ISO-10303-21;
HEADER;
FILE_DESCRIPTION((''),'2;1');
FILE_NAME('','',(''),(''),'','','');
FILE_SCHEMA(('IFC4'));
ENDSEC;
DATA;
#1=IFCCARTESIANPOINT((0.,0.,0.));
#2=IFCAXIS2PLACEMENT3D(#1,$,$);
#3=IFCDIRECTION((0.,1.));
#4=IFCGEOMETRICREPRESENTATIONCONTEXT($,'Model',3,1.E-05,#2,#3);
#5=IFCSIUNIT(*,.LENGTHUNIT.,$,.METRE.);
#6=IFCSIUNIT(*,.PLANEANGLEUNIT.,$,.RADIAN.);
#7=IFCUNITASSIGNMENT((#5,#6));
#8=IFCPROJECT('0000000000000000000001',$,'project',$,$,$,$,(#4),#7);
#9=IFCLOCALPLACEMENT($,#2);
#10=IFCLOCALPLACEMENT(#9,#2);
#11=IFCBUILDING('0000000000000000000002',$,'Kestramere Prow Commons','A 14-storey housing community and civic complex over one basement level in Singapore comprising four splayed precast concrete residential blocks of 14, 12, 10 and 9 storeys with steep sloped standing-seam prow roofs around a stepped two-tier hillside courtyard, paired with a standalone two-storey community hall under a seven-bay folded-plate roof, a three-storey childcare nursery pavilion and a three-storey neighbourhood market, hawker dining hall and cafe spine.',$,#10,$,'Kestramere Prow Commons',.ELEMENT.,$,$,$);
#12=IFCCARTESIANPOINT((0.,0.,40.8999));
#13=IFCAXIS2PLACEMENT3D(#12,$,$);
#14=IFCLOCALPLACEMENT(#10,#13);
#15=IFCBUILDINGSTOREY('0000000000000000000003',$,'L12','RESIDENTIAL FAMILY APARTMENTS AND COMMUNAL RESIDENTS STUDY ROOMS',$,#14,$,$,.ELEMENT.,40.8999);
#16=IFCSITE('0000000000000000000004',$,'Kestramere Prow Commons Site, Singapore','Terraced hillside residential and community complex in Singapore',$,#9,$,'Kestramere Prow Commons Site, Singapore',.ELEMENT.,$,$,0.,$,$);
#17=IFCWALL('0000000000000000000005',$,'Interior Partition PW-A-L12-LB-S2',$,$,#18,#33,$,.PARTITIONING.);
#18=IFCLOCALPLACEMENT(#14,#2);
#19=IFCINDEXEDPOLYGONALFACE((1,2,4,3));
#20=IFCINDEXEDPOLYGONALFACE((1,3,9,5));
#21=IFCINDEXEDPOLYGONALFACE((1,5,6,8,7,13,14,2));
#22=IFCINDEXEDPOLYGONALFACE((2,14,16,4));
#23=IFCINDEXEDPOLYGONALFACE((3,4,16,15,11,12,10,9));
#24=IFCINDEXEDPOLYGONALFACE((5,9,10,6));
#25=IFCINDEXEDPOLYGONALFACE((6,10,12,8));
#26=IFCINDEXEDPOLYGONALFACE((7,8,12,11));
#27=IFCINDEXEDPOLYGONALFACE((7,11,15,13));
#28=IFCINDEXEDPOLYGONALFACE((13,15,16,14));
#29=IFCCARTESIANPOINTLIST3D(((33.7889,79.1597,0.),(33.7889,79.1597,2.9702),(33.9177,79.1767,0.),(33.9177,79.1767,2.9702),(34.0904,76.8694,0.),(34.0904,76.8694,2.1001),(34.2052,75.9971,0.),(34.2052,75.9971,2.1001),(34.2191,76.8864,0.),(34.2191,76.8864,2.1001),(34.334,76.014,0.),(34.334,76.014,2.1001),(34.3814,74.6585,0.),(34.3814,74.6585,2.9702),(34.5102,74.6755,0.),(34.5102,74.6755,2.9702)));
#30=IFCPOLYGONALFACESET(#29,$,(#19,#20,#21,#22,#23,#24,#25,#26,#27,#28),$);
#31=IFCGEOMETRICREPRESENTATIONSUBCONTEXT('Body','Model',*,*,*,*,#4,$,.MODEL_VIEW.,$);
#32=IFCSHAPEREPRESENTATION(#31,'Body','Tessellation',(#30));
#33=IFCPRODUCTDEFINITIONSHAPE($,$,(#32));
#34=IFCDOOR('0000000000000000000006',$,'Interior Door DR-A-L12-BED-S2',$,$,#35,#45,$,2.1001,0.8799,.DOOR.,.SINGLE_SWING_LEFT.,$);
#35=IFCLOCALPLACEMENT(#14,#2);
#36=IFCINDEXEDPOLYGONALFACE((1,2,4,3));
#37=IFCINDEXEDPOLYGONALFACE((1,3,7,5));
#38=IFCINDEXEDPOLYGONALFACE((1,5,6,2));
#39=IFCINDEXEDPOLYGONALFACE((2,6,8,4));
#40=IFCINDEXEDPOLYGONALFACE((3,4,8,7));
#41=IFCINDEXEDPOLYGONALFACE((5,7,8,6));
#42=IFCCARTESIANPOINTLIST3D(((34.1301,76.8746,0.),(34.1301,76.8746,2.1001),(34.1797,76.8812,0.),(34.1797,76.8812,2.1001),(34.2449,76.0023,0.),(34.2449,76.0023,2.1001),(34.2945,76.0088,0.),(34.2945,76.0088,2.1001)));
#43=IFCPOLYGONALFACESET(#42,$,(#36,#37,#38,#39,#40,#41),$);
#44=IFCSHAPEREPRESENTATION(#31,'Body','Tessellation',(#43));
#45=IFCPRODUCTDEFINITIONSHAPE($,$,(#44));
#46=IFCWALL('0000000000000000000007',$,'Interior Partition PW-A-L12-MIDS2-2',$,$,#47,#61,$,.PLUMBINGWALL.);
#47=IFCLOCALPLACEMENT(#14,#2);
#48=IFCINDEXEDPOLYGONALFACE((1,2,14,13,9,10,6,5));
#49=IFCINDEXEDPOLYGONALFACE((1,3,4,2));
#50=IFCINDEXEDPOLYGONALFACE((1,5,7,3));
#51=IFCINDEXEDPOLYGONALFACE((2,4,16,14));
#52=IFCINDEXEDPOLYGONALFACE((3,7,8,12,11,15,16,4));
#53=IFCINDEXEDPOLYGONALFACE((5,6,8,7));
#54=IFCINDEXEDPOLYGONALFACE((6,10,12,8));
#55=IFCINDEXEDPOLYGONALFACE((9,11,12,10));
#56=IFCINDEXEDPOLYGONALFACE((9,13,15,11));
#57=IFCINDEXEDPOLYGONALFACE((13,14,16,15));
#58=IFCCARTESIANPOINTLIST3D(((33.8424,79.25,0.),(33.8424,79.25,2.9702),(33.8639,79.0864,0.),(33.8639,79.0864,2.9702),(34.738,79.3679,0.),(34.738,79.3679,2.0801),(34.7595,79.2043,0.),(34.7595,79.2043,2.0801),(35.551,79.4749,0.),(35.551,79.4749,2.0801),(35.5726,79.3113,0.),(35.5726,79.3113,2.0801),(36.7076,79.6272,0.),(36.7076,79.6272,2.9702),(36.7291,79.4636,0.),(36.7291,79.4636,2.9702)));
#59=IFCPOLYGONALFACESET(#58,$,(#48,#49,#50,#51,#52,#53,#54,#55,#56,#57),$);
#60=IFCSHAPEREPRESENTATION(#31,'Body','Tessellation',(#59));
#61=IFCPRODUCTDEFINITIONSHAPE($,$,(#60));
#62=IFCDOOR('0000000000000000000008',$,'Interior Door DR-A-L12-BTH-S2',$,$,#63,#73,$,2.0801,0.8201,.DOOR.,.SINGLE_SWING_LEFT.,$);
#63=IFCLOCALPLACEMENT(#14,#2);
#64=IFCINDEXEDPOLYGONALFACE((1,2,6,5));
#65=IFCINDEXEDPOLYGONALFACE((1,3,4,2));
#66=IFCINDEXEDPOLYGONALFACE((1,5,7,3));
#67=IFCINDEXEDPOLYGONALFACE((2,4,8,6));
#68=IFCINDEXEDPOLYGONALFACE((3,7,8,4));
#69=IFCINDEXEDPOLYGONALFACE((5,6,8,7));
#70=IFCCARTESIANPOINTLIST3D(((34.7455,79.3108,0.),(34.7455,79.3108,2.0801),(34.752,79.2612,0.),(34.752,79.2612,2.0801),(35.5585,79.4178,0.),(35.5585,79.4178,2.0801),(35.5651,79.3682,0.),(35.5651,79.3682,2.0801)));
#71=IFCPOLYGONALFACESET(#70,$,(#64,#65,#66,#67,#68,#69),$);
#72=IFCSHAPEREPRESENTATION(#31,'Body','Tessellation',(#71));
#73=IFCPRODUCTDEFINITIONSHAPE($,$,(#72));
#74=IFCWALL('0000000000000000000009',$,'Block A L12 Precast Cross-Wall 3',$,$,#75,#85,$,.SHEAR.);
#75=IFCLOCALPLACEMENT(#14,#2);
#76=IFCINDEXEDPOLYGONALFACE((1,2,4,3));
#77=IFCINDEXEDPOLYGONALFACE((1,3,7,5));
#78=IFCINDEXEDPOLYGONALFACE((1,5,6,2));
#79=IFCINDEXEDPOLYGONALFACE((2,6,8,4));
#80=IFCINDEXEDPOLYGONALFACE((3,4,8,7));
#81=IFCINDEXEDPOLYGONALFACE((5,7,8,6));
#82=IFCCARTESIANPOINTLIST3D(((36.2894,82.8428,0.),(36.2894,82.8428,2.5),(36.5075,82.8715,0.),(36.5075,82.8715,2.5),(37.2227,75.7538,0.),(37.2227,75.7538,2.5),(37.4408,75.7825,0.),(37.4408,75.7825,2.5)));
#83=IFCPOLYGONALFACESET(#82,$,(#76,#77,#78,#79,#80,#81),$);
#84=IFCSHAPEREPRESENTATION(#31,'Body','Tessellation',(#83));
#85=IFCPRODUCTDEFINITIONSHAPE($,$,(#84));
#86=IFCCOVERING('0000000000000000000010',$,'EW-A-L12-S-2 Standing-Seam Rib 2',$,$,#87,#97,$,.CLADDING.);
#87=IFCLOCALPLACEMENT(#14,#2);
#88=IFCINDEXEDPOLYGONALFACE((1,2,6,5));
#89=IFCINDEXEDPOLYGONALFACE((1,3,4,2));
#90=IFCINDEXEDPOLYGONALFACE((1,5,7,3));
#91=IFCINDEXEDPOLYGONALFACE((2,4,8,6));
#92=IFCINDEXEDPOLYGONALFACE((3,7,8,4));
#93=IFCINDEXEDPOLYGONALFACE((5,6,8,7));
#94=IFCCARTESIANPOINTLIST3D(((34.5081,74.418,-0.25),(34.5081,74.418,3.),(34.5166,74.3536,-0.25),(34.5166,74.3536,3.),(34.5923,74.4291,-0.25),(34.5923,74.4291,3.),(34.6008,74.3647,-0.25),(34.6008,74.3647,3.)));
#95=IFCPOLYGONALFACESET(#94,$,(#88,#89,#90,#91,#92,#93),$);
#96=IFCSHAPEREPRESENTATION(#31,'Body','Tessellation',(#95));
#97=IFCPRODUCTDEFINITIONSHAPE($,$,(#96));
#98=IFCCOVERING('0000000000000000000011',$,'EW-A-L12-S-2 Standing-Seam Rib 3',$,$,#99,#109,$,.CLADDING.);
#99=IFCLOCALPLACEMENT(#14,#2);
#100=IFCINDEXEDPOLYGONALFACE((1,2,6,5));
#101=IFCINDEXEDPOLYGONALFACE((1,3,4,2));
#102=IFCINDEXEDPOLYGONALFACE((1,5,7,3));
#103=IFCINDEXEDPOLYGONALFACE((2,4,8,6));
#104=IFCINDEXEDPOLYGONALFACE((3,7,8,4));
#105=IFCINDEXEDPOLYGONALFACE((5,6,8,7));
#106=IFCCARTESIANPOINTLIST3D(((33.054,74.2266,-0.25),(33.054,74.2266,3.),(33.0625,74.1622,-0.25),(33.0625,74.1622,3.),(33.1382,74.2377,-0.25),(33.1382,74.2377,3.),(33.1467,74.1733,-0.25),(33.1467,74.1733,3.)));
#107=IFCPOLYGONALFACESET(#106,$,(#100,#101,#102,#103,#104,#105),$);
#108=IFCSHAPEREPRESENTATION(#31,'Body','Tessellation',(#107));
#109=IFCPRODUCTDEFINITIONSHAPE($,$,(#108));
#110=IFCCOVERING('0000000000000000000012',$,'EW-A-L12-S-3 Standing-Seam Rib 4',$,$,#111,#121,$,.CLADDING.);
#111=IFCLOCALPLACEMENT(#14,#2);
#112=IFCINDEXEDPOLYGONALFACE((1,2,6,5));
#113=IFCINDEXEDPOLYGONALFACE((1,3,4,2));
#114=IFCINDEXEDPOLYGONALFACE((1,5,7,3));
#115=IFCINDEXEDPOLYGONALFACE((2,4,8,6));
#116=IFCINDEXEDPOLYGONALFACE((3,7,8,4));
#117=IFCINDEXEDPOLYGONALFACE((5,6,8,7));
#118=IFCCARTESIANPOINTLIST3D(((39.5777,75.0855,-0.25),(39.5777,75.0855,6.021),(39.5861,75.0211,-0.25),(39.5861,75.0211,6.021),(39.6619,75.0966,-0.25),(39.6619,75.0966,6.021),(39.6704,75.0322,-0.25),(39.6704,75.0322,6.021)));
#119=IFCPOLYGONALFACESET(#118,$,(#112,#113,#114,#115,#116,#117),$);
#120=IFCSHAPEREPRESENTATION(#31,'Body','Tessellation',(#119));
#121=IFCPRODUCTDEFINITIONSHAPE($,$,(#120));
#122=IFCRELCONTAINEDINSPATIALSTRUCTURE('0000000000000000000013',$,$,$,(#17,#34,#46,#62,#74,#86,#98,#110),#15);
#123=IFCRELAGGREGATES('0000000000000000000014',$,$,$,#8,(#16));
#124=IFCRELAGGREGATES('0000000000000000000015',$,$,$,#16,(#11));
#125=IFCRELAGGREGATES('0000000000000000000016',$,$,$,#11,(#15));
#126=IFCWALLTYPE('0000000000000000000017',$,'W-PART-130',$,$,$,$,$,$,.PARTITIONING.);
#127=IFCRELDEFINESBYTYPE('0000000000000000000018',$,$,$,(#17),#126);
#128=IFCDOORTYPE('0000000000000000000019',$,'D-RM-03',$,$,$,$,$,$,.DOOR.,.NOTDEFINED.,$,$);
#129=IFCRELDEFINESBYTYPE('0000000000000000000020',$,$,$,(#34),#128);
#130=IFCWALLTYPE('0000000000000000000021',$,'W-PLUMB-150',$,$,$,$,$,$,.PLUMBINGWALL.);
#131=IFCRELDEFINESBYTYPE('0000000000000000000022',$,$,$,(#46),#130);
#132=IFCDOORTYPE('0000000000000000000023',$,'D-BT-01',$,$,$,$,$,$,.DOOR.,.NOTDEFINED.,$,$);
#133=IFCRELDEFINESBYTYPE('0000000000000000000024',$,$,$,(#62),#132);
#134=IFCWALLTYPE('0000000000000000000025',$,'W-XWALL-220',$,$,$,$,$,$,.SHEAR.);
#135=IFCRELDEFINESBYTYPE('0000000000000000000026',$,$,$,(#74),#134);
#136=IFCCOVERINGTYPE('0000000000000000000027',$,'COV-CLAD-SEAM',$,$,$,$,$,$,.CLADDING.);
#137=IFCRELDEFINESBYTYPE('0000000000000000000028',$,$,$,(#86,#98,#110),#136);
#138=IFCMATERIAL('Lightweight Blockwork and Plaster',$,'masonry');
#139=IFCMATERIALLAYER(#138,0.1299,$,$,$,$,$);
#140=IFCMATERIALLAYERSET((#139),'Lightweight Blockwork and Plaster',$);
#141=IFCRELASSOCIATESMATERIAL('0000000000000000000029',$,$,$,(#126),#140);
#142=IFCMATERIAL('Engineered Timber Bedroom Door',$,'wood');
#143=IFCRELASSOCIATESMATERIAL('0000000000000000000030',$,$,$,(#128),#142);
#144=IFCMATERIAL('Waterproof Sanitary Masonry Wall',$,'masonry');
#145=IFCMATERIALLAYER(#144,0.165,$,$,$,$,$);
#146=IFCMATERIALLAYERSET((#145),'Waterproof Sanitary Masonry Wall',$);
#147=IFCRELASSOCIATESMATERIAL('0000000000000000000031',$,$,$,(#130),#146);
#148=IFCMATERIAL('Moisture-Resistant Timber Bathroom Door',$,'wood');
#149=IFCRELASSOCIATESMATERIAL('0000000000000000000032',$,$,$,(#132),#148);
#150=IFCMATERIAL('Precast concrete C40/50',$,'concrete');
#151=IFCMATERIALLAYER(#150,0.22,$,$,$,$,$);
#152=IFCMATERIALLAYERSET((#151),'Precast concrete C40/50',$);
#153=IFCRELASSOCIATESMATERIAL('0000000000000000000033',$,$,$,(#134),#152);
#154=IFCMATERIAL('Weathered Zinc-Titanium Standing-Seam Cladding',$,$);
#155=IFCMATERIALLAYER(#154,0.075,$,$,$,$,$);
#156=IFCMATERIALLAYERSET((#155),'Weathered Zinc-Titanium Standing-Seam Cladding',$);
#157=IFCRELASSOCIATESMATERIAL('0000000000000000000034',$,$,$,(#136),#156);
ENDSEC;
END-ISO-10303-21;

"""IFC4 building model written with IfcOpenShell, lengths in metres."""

from ifc_helpers import new_model, si_unit, direction, frame, frame_2d, origin, origin_2d, place, context, subcontext, project, spatial, rectangle, extrude, material, layer, layer_set, type_object, element, fill, save


model = new_model("IFC4")

# Units and contexts
model_context = context("Model", 3, precision=1e-05, world=origin(), true_north=direction((0.0, 1.0)))
body_context = subcontext(model_context, "Body", "Model", "MODEL_VIEW")
ifc_project = project(units=[si_unit("LENGTHUNIT", "METRE"), si_unit("PLANEANGLEUNIT", "RADIAN")], contexts=[model_context])

# Site, building, storey
site_placement = place(None, origin())
site = spatial("IfcSite", under=ifc_project, at=site_placement, Name="Kestramere Prow Commons Site, Singapore", Description="Terraced hillside residential and community complex in Singapore", LongName="Kestramere Prow Commons Site, Singapore", CompositionType="ELEMENT", RefElevation=0.0)
building_placement = place(site_placement, origin())
building = spatial("IfcBuilding", under=site, at=building_placement, Name="Kestramere Prow Commons", Description="A 14-storey housing community and civic complex over one basement level in Singapore comprising four splayed precast concrete residential blocks of 14, 12, 10 and 9 storeys with steep sloped standing-seam prow roofs around a stepped two-tier hillside courtyard, paired with a standalone two-storey community hall under a seven-bay folded-plate roof, a three-storey childcare nursery pavilion and a three-storey neighbourhood market, hawker dining hall and cafe spine.", LongName="Kestramere Prow Commons", CompositionType="ELEMENT")
storey_placement = place(building_placement, frame((0.0, 0.0, 40.8999)))
storey = spatial("IfcBuildingStorey", under=building, at=storey_placement, Name="L12", Description="RESIDENTIAL FAMILY APARTMENTS AND COMMUNAL RESIDENTS STUDY ROOMS", CompositionType="ELEMENT", Elevation=40.8999)

# Shared definitions
ifc_material_1 = material(Name="Precast concrete C40/50", Category="concrete")

# Walls, openings, doors
ifc_material_2 = material(Name="Lightweight Blockwork and Plaster", Category="masonry")
ifc_layer_1 = layer(ifc_material_2, 0.1299)
ifc_layer_set_1 = layer_set([ifc_layer_1], Name="Lightweight Blockwork and Plaster")
wall_type_1 = type_object("IfcWallType", Name="W-PART-130", PredefinedType="PARTITIONING", material=ifc_layer_set_1)
wall_1_placement = place(storey_placement, frame((34.4458, 74.667, 0.0), z_axis=(0.0, 0.0, 1.0), x_axis=(-0.130512, 0.991447, 0.0)))
wall_1 = element("IfcWall", 1, at=wall_1_placement, inside=storey, type_object=wall_type_1, Name="Interior Partition PW-A-L12-LB-S2", PredefinedType="PARTITIONING", context=body_context, shape_type="SweptSolid", body=[
    extrude(rectangle(XDim=4.54, YDim=0.1299, at=frame_2d((2.27, 0.0))), origin(), (0.0, 0.0, 1.0), 2.9702),
])
opening_1_placement = place(wall_1_placement, frame((1.3501, 0.0, 0.0)))
opening_1 = element("IfcOpeningElement", 2, at=opening_1_placement, cuts=wall_1, PredefinedType="OPENING", context=body_context, shape_type="SweptSolid", body=[
    extrude(rectangle(XDim=0.8799, YDim=2.1001, at=frame_2d((0.4399, 1.05))), frame((0.0, 0.0798, 0.0), z_axis=(0.0, -1.0, 0.0), x_axis=(1.0, 0.0, 0.0)), (0.0, 0.0, 1.0), 0.1599),
])
ifc_material_3 = material(Name="Engineered Timber Bedroom Door", Category="wood")
door_type_1 = type_object("IfcDoorType", Name="D-RM-03", OperationType="NOTDEFINED", PredefinedType="DOOR", material=ifc_material_3)
door_1_placement = place(opening_1_placement, origin())
door_1 = element("IfcDoor", 3, at=door_1_placement, inside=storey, type_object=door_type_1, Name="Interior Door DR-A-L12-BED-S2", OperationType="SINGLE_SWING_LEFT", OverallHeight=2.1001, OverallWidth=0.8799, PredefinedType="DOOR", context=body_context, shape_type="SweptSolid", body=[
    extrude(rectangle(XDim=0.8799, YDim=2.1001, at=frame_2d((0.4399, 1.05))), frame((0.0, 0.0249, 0.0), z_axis=(0.0, -1.0, 0.0), x_axis=(1.0, 0.0, 0.0)), (0.0, 0.0, 1.0), 0.05),
])
fill(opening_1, door_1)
ifc_material_4 = material(Name="Waterproof Sanitary Masonry Wall", Category="masonry")
ifc_layer_2 = layer(ifc_material_4, 0.165)
ifc_layer_set_2 = layer_set([ifc_layer_2], Name="Waterproof Sanitary Masonry Wall")
wall_type_2 = type_object("IfcWallType", Name="W-PLUMB-150", PredefinedType="PLUMBINGWALL", material=ifc_layer_set_2)
wall_2_placement = place(storey_placement, frame((33.8533, 79.1682, 0.0), z_axis=(0.0, 0.0, 1.0), x_axis=(0.991446, 0.13052, 0.0)))
wall_2 = element("IfcWall", 4, at=wall_2_placement, inside=storey, type_object=wall_type_2, Name="Interior Partition PW-A-L12-MIDS2-2", PredefinedType="PLUMBINGWALL", context=body_context, shape_type="SweptSolid", body=[
    extrude(rectangle(XDim=2.8899, YDim=0.165, at=frame_2d((1.4448, 0.0))), origin(), (0.0, 0.0, 1.0), 2.9702),
])
opening_2_placement = place(wall_2_placement, frame((0.9031, 0.0, 0.0)))
opening_2 = element("IfcOpeningElement", 5, at=opening_2_placement, cuts=wall_2, PredefinedType="OPENING", context=body_context, shape_type="SweptSolid", body=[
    extrude(rectangle(XDim=0.8201, YDim=2.0801, at=frame_2d((0.4102, 1.04))), frame((0.0, 0.0974, 0.0), z_axis=(0.0, -1.0, 0.0), x_axis=(1.0, 0.0, 0.0)), (0.0, 0.0, 1.0), 0.1951),
])
ifc_material_5 = material(Name="Moisture-Resistant Timber Bathroom Door", Category="wood")
door_type_2 = type_object("IfcDoorType", Name="D-BT-01", OperationType="NOTDEFINED", PredefinedType="DOOR", material=ifc_material_5)
door_2_placement = place(opening_2_placement, origin())
door_2 = element("IfcDoor", 6, at=door_2_placement, inside=storey, type_object=door_type_2, Name="Interior Door DR-A-L12-BTH-S2", OperationType="SINGLE_SWING_LEFT", OverallHeight=2.0801, OverallWidth=0.8201, PredefinedType="DOOR", context=body_context, shape_type="SweptSolid", body=[
    extrude(rectangle(XDim=0.8201, YDim=2.0801, at=frame_2d((0.4102, 1.04))), frame((0.0, 0.0249, 0.0), z_axis=(0.0, -1.0, 0.0), x_axis=(1.0, 0.0, 0.0)), (0.0, 0.0, 1.0), 0.05),
])
fill(opening_2, door_2)

# Wall
ifc_layer_3 = layer(ifc_material_1, 0.22)
ifc_layer_set_3 = layer_set([ifc_layer_3], Name="Precast concrete C40/50")
wall_type_3 = type_object("IfcWallType", Name="W-XWALL-220", PredefinedType="SHEAR", material=ifc_layer_set_3)
wall_3_placement = place(storey_placement, frame((37.3318, 75.7681, 0.0), z_axis=(0.0, 0.0, 1.0), x_axis=(-0.130538, 0.991443, 0.0)))
element("IfcWall", 7, at=wall_3_placement, inside=storey, type_object=wall_type_3, Name="Block A L12 Precast Cross-Wall 3", PredefinedType="SHEAR", context=body_context, shape_type="SweptSolid", body=[
    extrude(rectangle(XDim=7.1501, YDim=0.22, at=frame_2d((3.5752, 0.0))), origin(), (0.0, 0.0, 1.0), 2.5),
])

# Coverings
ifc_material_6 = material(Name="Weathered Zinc-Titanium Standing-Seam Cladding")
ifc_layer_4 = layer(ifc_material_6, 0.075)
ifc_layer_set_4 = layer_set([ifc_layer_4], Name="Weathered Zinc-Titanium Standing-Seam Cladding")
covering_type = type_object("IfcCoveringType", Name="COV-CLAD-SEAM", PredefinedType="CLADDING", material=ifc_layer_set_4)
for number, where, z_axis, x_axis, name in (
    (8, (34.5544, 74.3914, -0.25), (0.0, 0.0, 1.0), (-0.991445, -0.130526, 0.0), "EW-A-L12-S-2 Standing-Seam Rib 2"),
    (9, (33.1003, 74.2, -0.25), (0.0, 0.0, 1.0), (-0.991445, -0.130526, 0.0), "EW-A-L12-S-2 Standing-Seam Rib 3"),
):
    element("IfcCovering", number, at=place(storey_placement, frame(where, z_axis=z_axis, x_axis=x_axis)), inside=storey, type_object=covering_type, Name=name, PredefinedType="CLADDING", context=body_context, shape_type="SweptSolid", body=[
        extrude(rectangle(XDim=0.085, YDim=0.0649, at=origin_2d()), origin(), (0.0, 0.0, 1.0), 3.25),
    ])
covering_placement = place(storey_placement, frame((39.624, 75.0588, -0.25), z_axis=(0.0, 0.0, 1.0), x_axis=(-0.991445, -0.130526, 0.0)))
element("IfcCovering", 10, at=covering_placement, inside=storey, type_object=covering_type, Name="EW-A-L12-S-3 Standing-Seam Rib 4", PredefinedType="CLADDING", context=body_context, shape_type="SweptSolid", body=[
    extrude(rectangle(XDim=0.085, YDim=0.0649, at=origin_2d()), origin(), (0.0, 0.0, 1.0), 6.271),
])

save(model, "model.ifc")
